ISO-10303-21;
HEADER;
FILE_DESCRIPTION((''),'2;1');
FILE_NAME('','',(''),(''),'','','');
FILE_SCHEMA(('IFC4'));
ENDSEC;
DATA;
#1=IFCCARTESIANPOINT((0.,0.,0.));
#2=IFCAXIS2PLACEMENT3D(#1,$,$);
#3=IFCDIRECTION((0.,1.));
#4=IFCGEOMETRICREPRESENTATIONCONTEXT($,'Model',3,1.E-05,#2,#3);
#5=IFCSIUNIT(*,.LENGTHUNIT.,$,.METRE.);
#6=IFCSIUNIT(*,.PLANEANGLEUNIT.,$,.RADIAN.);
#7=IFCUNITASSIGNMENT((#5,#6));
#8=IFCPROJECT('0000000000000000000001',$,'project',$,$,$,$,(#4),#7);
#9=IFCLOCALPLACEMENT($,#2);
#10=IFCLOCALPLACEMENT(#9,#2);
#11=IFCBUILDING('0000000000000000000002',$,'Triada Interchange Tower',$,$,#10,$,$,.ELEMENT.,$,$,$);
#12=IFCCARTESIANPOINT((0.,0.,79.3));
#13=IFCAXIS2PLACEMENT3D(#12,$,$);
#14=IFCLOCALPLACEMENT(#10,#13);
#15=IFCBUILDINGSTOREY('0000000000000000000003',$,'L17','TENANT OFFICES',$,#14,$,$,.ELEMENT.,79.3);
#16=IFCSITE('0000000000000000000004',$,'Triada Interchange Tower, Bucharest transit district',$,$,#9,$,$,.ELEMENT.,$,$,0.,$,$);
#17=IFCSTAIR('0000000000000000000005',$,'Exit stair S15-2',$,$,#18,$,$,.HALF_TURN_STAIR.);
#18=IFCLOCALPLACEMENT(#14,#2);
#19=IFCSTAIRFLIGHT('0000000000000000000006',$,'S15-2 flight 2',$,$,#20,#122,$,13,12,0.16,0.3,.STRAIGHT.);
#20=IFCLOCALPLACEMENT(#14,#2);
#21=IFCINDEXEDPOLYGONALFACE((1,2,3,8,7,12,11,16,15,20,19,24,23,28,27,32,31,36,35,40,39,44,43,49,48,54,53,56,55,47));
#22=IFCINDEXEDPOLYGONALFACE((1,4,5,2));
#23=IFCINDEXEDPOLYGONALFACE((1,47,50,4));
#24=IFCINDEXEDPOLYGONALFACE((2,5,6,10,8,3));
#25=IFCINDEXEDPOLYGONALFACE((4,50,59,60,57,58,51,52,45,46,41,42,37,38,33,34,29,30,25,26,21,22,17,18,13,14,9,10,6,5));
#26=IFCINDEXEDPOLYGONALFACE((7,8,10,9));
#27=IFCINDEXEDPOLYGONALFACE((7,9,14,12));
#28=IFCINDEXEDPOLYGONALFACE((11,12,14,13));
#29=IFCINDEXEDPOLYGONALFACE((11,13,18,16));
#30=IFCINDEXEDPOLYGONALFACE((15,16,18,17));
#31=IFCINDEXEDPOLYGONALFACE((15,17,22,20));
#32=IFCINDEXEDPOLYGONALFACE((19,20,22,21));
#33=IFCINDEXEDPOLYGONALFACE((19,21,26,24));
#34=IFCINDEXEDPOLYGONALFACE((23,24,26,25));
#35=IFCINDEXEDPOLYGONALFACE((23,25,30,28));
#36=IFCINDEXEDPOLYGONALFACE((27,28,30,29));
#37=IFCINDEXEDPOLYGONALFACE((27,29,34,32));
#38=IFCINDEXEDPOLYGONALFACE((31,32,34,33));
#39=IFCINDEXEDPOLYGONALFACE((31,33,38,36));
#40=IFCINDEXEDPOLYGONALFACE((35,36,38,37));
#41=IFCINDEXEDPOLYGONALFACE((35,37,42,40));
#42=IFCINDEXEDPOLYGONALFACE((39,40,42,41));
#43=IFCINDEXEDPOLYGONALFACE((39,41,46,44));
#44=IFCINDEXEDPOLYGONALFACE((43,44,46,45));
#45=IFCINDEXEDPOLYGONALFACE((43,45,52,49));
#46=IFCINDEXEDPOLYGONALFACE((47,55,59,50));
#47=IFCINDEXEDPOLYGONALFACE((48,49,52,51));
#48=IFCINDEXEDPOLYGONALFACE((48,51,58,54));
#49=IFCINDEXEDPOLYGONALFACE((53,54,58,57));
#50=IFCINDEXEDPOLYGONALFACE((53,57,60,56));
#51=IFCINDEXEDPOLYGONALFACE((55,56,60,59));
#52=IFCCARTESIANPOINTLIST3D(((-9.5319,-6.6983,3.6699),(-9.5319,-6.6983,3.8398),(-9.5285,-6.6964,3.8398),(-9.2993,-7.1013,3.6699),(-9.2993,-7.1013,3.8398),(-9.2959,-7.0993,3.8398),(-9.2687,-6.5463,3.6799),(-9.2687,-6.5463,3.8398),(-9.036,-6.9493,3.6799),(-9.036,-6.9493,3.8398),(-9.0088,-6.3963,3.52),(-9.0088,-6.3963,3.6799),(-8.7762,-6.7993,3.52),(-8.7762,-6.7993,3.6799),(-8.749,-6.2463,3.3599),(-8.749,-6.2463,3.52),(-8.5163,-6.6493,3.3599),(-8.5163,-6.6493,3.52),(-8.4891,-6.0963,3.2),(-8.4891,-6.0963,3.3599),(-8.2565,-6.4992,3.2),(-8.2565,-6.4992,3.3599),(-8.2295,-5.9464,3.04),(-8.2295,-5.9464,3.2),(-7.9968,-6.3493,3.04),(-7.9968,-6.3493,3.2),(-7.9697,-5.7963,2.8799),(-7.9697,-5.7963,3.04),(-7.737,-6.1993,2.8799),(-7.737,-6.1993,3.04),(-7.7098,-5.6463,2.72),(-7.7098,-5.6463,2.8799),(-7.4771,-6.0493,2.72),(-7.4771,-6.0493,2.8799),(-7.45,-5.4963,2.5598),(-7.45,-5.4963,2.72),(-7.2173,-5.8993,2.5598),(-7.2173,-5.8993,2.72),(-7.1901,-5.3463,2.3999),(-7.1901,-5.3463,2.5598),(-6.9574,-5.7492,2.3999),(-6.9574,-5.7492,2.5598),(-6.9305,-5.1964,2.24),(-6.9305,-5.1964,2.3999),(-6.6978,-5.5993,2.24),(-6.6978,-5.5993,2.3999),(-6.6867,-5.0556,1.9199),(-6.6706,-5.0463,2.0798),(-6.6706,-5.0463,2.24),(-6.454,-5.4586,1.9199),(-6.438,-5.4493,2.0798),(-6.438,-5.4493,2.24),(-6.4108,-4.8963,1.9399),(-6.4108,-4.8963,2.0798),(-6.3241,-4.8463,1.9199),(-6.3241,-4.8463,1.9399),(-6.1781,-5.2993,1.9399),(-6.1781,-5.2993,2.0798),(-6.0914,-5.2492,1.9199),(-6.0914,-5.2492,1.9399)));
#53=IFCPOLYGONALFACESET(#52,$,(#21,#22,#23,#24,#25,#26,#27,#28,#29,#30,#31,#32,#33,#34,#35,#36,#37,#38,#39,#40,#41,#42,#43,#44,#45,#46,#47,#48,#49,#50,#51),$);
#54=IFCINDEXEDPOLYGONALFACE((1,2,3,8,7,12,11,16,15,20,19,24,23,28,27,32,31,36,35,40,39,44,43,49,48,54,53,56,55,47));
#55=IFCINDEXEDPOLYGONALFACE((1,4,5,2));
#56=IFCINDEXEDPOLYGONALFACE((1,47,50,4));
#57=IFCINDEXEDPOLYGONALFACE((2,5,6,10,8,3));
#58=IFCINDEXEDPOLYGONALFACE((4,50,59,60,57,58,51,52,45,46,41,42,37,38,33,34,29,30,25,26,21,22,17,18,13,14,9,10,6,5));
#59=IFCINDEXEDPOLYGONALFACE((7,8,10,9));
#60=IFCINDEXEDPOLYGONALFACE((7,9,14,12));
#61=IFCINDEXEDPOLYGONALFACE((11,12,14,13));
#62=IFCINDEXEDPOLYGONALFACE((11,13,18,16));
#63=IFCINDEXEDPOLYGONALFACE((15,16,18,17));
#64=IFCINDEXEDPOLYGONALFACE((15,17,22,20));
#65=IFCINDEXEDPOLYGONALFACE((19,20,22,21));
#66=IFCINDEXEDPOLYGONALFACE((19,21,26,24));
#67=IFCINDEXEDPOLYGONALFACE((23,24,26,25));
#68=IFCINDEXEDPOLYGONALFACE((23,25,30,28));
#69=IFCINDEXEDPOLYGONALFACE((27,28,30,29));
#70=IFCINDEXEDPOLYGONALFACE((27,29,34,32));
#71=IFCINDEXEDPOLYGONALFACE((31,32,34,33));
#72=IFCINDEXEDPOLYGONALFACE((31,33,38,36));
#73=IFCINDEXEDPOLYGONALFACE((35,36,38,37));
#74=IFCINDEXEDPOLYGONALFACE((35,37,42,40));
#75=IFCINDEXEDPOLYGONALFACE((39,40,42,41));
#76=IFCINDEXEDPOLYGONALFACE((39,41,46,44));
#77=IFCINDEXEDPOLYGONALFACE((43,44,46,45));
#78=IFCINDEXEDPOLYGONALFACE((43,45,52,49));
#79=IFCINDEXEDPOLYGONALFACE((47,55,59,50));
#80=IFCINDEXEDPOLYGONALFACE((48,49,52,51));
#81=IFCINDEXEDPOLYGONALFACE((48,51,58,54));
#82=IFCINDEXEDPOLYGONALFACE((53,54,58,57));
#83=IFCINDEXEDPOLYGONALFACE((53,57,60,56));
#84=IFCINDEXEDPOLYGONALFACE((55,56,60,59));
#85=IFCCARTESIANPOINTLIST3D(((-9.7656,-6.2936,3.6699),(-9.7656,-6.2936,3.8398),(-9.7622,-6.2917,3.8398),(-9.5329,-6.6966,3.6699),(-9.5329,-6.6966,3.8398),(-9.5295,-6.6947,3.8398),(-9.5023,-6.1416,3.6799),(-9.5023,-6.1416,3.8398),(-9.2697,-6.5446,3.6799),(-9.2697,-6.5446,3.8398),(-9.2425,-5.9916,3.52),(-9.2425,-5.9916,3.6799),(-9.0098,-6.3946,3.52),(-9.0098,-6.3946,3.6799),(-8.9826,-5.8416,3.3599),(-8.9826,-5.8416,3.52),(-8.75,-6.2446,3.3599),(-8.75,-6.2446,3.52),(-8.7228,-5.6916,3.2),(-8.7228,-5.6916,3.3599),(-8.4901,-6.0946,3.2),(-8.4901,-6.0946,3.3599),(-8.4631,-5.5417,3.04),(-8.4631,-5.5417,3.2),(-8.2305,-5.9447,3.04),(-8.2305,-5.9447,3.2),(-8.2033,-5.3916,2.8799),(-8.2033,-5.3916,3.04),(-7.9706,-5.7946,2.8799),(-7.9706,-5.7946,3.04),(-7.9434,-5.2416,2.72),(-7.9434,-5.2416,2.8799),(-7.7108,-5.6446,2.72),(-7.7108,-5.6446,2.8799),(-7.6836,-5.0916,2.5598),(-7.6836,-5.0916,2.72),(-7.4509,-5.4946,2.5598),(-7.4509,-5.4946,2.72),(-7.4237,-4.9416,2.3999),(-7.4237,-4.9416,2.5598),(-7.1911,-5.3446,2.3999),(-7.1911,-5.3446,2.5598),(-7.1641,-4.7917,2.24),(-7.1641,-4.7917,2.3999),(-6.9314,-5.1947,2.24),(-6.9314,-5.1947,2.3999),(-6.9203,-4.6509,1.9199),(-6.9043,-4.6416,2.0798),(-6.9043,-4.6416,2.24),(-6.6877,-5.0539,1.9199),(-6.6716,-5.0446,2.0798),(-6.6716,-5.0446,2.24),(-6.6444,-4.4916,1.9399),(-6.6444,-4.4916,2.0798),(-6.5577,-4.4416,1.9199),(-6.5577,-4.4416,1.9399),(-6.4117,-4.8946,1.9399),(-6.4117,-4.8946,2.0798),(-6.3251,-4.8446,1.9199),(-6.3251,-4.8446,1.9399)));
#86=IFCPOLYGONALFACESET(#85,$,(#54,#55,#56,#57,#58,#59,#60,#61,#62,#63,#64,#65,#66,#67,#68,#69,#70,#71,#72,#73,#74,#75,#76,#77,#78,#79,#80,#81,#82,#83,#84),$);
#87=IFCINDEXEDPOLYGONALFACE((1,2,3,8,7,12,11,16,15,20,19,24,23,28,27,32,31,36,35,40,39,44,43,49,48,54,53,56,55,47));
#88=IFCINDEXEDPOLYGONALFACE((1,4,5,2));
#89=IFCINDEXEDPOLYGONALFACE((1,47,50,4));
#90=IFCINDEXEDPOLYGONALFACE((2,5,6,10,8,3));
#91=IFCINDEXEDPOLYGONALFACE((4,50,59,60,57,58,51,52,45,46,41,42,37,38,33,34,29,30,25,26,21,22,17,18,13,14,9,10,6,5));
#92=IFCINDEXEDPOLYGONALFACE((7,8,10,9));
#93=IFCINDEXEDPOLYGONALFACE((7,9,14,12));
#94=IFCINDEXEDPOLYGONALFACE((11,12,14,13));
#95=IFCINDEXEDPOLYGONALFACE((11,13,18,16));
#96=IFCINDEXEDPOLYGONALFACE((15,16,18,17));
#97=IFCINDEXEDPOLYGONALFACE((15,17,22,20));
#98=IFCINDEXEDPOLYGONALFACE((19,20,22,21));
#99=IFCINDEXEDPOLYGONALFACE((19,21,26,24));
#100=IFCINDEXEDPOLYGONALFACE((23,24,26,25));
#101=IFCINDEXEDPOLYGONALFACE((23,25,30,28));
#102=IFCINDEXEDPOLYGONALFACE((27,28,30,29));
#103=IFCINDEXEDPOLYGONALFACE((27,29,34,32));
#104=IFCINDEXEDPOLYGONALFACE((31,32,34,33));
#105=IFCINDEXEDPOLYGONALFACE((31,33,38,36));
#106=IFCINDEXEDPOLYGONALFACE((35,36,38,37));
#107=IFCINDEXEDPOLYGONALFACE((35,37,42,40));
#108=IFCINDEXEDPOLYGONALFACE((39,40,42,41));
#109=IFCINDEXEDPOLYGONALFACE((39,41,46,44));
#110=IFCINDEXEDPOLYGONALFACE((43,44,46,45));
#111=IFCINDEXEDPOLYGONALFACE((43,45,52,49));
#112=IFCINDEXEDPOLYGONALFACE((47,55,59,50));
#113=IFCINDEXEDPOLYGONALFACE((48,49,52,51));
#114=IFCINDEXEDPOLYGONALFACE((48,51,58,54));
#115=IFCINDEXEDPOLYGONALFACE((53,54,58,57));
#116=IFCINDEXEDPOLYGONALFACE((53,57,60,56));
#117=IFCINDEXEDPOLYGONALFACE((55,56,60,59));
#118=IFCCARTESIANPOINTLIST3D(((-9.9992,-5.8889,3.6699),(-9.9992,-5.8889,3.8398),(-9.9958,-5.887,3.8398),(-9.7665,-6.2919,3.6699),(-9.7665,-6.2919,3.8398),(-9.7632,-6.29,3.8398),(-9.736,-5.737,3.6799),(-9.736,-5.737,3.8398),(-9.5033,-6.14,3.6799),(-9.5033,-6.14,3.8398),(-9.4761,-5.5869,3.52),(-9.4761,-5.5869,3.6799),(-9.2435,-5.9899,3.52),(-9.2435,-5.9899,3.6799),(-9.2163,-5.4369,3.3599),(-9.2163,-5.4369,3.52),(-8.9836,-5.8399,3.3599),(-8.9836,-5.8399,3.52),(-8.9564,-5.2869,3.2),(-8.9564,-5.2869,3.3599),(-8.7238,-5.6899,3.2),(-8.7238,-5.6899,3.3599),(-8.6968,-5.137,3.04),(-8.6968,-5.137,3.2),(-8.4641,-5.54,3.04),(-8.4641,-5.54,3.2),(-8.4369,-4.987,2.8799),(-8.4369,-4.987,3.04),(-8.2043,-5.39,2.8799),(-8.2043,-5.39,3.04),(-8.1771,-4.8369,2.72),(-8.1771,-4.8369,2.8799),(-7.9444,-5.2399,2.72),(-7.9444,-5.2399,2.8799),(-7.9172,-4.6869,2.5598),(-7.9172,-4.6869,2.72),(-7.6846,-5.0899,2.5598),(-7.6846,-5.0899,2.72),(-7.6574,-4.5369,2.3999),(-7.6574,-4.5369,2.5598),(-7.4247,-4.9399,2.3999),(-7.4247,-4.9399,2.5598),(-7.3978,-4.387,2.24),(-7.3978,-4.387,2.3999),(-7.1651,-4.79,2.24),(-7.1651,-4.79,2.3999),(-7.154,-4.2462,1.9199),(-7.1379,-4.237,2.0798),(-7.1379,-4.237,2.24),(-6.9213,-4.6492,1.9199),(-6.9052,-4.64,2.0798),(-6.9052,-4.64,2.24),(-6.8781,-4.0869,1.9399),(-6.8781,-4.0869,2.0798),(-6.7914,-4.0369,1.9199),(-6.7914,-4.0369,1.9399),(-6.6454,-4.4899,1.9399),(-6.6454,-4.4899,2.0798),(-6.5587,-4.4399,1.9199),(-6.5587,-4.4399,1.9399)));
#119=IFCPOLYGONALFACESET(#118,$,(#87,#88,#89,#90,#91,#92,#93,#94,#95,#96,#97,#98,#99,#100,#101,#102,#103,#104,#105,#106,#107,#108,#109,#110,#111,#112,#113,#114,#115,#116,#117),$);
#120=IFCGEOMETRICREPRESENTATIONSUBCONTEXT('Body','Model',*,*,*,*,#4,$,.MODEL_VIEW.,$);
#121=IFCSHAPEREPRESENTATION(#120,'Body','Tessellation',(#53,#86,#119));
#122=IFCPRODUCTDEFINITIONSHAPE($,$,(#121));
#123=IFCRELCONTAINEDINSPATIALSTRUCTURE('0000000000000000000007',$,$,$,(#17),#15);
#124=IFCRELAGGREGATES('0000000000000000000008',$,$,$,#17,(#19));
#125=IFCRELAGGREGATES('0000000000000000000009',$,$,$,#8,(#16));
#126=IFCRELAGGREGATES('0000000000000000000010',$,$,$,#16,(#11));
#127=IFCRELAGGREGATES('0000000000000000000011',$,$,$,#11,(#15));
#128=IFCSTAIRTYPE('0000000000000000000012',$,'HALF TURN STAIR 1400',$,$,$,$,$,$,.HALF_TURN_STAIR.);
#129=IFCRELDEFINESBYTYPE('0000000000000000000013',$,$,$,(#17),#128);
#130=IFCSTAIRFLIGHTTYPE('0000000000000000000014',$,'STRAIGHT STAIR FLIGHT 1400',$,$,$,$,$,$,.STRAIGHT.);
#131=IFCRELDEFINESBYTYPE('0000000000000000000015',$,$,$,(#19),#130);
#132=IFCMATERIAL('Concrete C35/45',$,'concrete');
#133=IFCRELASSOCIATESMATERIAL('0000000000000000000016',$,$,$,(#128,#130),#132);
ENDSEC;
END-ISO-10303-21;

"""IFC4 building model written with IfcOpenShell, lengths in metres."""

from ifc_helpers import new_model, si_unit, direction, frame, origin, place, context, subcontext, project, spatial, polyline, outline, extrude, material, type_object, element, aggregate, save


model = new_model("IFC4")

# Units and contexts
model_context = context("Model", 3, precision=1e-05, world=origin(), true_north=direction((0.0, 1.0)))
body_context = subcontext(model_context, "Body", "Model", "MODEL_VIEW")
ifc_project = project(units=[si_unit("LENGTHUNIT", "METRE"), si_unit("PLANEANGLEUNIT", "RADIAN")], contexts=[model_context])

# Site, building, storey
site_placement = place(None, origin())
site = spatial("IfcSite", under=ifc_project, at=site_placement, Name="Triada Interchange Tower, Bucharest transit district", CompositionType="ELEMENT", RefElevation=0.0)
building_placement = place(site_placement, origin())
building = spatial("IfcBuilding", under=site, at=building_placement, Name="Triada Interchange Tower", CompositionType="ELEMENT")
storey_placement = place(building_placement, frame((0.0, 0.0, 79.3)))
storey = spatial("IfcBuildingStorey", under=building, at=storey_placement, Name="L17", Description="TENANT OFFICES", CompositionType="ELEMENT", Elevation=79.3)

# Stair, stair flight
ifc_material_1 = material(Name="Concrete C35/45", Category="concrete")
stair_type = type_object("IfcStairType", Name="HALF TURN STAIR 1400", PredefinedType="HALF_TURN_STAIR", material=ifc_material_1)
stair_placement = place(storey_placement, origin())
stair = element("IfcStair", 1, at=stair_placement, inside=storey, type_object=stair_type, Name="Exit stair S15-2", PredefinedType="HALF_TURN_STAIR")
stair_flight_type = type_object("IfcStairFlightType", Name="STRAIGHT STAIR FLIGHT 1400", PredefinedType="STRAIGHT", material=ifc_material_1)
stair_flight_1_placement = place(storey_placement, frame((-6.5281, -4.6931, 1.9199), z_axis=(0.0, 0.0, 1.0), x_axis=(-0.866025, -0.5, 0.0)))
stair_flight_1 = element("IfcStairFlight", 2, at=stair_flight_1_placement, type_object=stair_flight_type, Name="S15-2 flight 2", NumberOfRisers=13, NumberOfTreads=12, PredefinedType="STRAIGHT", RiserHeight=0.16, TreadLength=0.3, context=body_context, shape_type="SweptSolid", body=[
    extrude(outline(polyline([(-0.1001, 0.0), (-0.1001, 0.02), (0.0, 0.02), (0.0, 0.1599), (0.3, 0.1599), (0.3, 0.3201), (0.6001, 0.3201), (0.6001, 0.48), (0.8999, 0.48), (0.8999, 0.6399), (1.2, 0.6399), (1.2, 0.8), (1.5, 0.8), (1.5, 0.96), (1.8, 0.96), (1.8, 1.1201), (2.1001, 1.1201), (2.1001, 1.28), (2.3999, 1.28), (2.3999, 1.4399), (2.7, 1.4399), (2.7, 1.6001), (3.0, 1.6001), (3.0, 1.76), (3.3, 1.76), (3.3, 1.9199), (3.6001, 1.9199), (3.604, 1.9199), (3.604, 2.0801), (3.604, 1.75), (0.3186, 0.0), (-0.1001, 0.0)])), frame((0.0, 0.7, 0.0), z_axis=(0.0, -1.0, 0.0), x_axis=(1.0, 0.0, 0.0)), (0.0, 0.0, 1.0), 0.4653),
    extrude(outline(polyline([(-0.1001, 0.0), (-0.1001, 0.02), (0.0, 0.02), (0.0, 0.1599), (0.3, 0.1599), (0.3, 0.3201), (0.6001, 0.3201), (0.6001, 0.48), (0.8999, 0.48), (0.8999, 0.6399), (1.2, 0.6399), (1.2, 0.8), (1.5, 0.8), (1.5, 0.96), (1.8, 0.96), (1.8, 1.1201), (2.1001, 1.1201), (2.1001, 1.28), (2.3999, 1.28), (2.3999, 1.4399), (2.7, 1.4399), (2.7, 1.6001), (3.0, 1.6001), (3.0, 1.76), (3.3, 1.76), (3.3, 1.9199), (3.6001, 1.9199), (3.604, 1.9199), (3.604, 2.0801), (3.604, 1.75), (0.3186, 0.0), (-0.1001, 0.0)])), frame((0.0, 0.2327, 0.0), z_axis=(0.0, -1.0, 0.0), x_axis=(1.0, 0.0, 0.0)), (0.0, 0.0, 1.0), 0.4653),
    extrude(outline(polyline([(-0.1001, 0.0), (-0.1001, 0.02), (0.0, 0.02), (0.0, 0.1599), (0.3, 0.1599), (0.3, 0.3201), (0.6001, 0.3201), (0.6001, 0.48), (0.8999, 0.48), (0.8999, 0.6399), (1.2, 0.6399), (1.2, 0.8), (1.5, 0.8), (1.5, 0.96), (1.8, 0.96), (1.8, 1.1201), (2.1001, 1.1201), (2.1001, 1.28), (2.3999, 1.28), (2.3999, 1.4399), (2.7, 1.4399), (2.7, 1.6001), (3.0, 1.6001), (3.0, 1.76), (3.3, 1.76), (3.3, 1.9199), (3.6001, 1.9199), (3.604, 1.9199), (3.604, 2.0801), (3.604, 1.75), (0.3186, 0.0), (-0.1001, 0.0)])), frame((0.0, -0.2346, 0.0), z_axis=(0.0, -1.0, 0.0), x_axis=(1.0, 0.0, 0.0)), (0.0, 0.0, 1.0), 0.4653),
])
aggregate(stair, [stair_flight_1])

save(model, "model.ifc")
